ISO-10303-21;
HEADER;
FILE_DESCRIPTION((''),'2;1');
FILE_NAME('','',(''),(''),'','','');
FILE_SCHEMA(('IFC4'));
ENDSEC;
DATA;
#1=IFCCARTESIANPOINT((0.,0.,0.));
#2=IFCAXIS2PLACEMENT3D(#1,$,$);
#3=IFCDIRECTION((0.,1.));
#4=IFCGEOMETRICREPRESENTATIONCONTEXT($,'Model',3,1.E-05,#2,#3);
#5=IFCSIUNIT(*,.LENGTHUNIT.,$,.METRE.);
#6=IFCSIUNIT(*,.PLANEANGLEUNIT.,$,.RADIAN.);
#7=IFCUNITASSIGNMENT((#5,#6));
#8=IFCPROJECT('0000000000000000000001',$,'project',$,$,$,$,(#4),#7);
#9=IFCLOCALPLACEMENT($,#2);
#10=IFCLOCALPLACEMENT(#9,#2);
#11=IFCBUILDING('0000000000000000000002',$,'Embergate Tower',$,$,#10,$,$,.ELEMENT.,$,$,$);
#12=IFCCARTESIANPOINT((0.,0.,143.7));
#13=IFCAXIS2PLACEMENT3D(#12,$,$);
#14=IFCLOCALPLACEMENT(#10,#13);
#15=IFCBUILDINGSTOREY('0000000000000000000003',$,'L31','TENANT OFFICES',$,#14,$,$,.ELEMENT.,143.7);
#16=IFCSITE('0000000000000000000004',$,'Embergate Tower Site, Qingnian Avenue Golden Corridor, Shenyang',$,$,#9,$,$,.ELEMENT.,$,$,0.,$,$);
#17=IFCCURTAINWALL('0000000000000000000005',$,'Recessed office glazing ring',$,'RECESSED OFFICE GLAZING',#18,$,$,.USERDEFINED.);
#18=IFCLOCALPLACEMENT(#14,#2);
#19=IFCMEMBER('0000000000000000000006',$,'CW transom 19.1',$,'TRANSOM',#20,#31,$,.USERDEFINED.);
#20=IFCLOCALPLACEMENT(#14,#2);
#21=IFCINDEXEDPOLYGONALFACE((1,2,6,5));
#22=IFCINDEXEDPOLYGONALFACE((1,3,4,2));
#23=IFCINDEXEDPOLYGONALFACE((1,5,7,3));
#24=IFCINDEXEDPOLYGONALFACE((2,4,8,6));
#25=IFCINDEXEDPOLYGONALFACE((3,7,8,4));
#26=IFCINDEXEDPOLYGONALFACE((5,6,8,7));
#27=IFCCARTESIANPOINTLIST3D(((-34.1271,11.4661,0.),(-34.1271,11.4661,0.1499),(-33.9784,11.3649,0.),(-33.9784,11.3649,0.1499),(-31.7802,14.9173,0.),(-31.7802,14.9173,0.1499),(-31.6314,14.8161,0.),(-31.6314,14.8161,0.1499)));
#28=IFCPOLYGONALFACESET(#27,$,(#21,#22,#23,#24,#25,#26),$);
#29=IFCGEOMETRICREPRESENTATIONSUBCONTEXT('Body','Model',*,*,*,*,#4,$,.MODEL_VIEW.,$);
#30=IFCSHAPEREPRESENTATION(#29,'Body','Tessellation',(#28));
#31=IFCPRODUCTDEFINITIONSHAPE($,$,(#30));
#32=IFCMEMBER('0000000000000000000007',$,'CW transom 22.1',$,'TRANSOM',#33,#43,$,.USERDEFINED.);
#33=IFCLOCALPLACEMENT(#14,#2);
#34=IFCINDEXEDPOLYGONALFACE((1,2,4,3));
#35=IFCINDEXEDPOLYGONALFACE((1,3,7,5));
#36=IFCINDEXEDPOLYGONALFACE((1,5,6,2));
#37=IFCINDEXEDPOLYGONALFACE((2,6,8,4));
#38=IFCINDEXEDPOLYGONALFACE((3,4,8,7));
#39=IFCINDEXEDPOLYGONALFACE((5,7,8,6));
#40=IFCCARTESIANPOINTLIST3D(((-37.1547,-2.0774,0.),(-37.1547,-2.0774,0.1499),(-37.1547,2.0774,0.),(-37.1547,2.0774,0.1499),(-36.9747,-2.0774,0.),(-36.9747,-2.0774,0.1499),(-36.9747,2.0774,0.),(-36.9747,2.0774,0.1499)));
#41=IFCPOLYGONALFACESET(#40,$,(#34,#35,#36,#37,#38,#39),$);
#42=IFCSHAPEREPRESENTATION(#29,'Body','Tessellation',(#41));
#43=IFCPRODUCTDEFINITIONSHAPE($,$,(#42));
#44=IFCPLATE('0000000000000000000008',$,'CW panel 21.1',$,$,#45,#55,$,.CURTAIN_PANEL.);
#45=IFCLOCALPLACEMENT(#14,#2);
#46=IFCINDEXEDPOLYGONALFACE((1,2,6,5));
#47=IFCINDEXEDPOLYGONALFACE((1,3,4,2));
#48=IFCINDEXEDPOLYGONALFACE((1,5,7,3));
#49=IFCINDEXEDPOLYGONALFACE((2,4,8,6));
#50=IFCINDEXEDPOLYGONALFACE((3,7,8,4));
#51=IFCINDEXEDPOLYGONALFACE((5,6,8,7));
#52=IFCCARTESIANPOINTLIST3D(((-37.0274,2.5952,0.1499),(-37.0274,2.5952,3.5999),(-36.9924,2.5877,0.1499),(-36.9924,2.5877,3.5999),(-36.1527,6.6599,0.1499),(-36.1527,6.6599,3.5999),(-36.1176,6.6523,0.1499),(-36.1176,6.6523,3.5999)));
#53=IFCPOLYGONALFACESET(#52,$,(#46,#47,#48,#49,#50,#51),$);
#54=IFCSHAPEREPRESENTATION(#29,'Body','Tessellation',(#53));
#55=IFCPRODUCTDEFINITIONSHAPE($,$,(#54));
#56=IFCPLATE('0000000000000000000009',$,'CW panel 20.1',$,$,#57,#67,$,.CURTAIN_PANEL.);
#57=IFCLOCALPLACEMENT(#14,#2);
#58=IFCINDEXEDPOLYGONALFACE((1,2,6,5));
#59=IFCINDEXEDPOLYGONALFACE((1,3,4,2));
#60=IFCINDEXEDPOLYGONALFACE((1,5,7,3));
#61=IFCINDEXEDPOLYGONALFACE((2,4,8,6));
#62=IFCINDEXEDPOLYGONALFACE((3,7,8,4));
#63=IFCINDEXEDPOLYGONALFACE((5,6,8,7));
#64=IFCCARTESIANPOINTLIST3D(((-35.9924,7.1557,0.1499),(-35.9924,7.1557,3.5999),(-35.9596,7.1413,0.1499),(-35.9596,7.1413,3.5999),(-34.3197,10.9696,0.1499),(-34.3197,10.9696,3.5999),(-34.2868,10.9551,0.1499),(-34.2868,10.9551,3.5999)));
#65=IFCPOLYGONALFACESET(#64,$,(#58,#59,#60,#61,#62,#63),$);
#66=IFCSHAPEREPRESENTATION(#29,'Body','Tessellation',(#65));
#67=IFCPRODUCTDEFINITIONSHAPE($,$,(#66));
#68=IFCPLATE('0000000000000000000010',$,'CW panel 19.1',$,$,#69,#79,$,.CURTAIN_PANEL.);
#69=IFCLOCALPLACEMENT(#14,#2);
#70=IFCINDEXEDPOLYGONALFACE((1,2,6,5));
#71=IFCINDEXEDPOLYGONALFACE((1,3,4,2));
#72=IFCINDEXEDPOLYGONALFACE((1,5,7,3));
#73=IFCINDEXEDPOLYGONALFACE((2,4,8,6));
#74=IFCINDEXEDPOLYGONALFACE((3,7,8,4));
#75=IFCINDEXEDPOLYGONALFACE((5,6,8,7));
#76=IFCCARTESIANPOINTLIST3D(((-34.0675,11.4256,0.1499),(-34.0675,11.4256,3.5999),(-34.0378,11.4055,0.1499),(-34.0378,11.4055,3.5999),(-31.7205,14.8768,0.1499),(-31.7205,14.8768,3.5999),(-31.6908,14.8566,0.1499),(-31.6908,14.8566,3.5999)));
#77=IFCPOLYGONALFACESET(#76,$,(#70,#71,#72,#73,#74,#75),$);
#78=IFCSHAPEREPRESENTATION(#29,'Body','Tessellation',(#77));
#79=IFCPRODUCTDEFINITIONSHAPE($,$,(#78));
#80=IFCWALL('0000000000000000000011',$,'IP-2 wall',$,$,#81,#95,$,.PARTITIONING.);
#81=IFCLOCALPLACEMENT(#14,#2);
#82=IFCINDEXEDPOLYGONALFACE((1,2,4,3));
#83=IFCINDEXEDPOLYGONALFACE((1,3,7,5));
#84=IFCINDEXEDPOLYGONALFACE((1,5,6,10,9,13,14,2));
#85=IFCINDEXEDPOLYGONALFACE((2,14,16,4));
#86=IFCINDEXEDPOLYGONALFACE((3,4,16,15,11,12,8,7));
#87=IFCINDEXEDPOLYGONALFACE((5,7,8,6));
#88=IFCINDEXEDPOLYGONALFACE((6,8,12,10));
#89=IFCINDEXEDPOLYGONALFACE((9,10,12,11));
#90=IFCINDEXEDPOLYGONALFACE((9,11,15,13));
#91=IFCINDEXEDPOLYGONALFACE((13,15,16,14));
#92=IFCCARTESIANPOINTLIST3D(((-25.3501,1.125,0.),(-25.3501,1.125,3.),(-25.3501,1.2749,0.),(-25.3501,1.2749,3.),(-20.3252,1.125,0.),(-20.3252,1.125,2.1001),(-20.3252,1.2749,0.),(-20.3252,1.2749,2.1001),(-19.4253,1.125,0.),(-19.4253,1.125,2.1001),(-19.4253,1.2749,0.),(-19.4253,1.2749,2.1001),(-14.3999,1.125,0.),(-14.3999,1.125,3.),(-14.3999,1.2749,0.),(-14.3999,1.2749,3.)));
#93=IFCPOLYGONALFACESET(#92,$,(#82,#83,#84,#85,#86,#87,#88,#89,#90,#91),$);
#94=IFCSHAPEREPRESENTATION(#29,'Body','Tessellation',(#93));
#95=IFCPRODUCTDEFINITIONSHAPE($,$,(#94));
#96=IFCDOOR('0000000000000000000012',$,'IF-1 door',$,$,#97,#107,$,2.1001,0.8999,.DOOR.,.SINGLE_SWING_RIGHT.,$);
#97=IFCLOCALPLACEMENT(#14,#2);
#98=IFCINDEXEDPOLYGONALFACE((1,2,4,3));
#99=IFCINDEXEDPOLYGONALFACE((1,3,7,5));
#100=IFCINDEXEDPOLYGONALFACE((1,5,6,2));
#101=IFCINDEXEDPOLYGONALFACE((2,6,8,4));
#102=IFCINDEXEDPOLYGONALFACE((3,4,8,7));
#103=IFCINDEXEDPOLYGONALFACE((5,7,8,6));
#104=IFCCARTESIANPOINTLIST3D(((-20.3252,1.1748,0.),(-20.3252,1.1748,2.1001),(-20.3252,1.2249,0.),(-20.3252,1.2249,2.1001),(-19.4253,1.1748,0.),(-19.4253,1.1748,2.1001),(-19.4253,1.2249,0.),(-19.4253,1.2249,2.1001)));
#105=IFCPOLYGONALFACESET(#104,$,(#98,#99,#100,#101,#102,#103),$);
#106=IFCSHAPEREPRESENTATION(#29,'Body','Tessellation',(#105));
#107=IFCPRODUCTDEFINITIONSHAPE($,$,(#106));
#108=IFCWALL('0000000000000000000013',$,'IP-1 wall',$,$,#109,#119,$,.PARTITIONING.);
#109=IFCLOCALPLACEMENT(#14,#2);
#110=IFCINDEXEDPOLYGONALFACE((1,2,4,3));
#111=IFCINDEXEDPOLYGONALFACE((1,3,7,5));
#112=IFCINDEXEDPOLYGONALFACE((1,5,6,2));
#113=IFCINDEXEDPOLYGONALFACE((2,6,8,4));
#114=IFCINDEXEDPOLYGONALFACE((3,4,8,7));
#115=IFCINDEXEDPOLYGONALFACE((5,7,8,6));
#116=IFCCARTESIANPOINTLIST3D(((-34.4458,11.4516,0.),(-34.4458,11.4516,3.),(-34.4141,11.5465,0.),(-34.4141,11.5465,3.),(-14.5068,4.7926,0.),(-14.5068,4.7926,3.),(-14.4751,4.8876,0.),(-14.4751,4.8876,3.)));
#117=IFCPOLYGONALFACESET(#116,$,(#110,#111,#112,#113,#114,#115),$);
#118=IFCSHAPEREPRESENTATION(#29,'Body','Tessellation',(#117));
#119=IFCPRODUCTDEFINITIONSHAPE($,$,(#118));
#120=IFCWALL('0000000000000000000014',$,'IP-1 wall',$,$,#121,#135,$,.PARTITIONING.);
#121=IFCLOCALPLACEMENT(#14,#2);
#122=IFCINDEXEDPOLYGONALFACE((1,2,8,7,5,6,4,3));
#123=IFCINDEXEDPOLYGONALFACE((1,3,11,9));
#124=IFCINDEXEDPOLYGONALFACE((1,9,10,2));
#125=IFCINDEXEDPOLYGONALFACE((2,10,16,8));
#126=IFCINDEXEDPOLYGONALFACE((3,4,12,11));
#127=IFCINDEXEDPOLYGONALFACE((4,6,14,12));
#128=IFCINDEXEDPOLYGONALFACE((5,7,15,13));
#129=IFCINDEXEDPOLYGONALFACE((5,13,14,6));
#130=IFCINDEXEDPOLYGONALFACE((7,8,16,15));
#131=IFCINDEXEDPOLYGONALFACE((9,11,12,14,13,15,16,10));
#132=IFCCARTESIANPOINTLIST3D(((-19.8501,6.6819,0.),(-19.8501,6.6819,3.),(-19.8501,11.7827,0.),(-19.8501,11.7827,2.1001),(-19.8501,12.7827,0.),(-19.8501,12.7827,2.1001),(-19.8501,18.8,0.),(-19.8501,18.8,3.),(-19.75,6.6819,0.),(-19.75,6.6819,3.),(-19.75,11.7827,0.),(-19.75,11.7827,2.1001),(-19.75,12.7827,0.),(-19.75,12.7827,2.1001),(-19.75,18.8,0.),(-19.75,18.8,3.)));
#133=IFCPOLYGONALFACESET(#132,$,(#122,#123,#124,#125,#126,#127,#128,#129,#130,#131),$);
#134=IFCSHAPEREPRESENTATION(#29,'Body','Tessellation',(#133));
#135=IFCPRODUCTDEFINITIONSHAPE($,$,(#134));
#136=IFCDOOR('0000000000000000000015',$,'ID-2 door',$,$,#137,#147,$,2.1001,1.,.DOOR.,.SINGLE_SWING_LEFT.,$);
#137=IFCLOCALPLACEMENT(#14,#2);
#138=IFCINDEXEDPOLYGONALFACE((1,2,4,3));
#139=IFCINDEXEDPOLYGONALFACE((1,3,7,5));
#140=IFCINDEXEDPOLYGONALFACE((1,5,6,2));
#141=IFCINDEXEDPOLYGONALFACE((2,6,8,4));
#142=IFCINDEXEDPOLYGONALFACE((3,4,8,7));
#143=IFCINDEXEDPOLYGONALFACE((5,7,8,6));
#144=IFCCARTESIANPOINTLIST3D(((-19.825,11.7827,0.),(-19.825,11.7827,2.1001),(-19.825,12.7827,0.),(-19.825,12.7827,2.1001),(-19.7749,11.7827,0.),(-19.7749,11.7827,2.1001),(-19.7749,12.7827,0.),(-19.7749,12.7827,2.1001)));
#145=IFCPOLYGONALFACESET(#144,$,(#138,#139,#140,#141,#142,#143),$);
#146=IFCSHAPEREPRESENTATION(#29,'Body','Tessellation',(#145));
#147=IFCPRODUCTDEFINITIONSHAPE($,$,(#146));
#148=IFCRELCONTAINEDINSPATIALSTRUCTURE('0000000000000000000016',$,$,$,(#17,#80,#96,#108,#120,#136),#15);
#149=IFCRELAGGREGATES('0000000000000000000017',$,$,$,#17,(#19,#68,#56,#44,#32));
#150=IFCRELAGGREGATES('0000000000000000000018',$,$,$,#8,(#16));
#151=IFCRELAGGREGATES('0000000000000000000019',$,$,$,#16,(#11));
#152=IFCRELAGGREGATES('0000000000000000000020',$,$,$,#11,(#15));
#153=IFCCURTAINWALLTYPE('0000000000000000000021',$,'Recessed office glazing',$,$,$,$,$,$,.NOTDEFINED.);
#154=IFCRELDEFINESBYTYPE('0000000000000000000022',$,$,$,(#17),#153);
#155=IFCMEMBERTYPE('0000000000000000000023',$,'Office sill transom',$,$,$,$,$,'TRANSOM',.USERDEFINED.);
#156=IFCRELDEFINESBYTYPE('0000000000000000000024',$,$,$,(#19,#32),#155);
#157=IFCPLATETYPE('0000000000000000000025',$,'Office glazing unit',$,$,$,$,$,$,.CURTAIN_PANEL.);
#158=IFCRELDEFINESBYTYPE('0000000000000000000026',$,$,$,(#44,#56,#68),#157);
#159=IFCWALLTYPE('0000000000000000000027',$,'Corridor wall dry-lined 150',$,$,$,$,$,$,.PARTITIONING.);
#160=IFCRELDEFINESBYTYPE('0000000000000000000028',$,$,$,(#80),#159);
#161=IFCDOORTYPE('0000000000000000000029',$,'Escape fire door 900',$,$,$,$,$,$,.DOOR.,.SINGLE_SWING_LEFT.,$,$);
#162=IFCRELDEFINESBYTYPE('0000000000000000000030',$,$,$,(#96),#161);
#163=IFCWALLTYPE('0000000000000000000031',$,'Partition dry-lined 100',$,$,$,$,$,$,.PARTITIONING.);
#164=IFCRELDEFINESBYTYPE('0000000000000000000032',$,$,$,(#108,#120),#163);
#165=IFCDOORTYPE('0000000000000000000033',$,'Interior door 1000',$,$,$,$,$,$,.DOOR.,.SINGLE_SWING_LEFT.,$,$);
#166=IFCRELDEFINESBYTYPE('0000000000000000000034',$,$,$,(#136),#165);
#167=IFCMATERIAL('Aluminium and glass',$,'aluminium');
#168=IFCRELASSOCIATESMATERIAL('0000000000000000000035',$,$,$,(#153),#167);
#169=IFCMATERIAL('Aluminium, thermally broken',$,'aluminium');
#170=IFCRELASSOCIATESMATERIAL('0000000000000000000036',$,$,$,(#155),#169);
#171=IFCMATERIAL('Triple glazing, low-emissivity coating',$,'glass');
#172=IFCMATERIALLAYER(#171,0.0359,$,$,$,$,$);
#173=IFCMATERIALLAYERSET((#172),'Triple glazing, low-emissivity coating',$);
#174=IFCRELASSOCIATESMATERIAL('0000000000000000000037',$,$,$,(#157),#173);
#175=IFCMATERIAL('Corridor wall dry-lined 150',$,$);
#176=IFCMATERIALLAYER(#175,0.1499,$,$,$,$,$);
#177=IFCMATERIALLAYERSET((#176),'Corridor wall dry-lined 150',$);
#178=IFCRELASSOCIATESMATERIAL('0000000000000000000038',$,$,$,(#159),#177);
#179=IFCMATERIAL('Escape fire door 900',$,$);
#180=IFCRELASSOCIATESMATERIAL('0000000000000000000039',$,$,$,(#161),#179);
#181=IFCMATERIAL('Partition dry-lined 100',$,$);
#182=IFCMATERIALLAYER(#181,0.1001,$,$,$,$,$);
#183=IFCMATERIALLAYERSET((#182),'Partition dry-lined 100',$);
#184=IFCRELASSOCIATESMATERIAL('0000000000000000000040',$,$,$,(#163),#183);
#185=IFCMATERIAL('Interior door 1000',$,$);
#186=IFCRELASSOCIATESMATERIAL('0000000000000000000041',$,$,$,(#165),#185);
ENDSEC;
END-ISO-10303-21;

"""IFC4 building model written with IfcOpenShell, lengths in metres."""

from ifc_helpers import new_model, si_unit, direction, frame, frame_2d, origin, origin_2d, place, context, subcontext, project, spatial, rectangle, extrude, source, transform, mapped, material, layer, layer_set, material_profile, profile_set, type_object, element, fill, aggregate, save


model = new_model("IFC4")

# Units and contexts
model_context = context("Model", 3, precision=1e-05, world=origin(), true_north=direction((0.0, 1.0)))
body_context = subcontext(model_context, "Body", "Model", "MODEL_VIEW")
ifc_project = project(units=[si_unit("LENGTHUNIT", "METRE"), si_unit("PLANEANGLEUNIT", "RADIAN")], contexts=[model_context])

# Site, building, storey
site_placement = place(None, origin())
site = spatial("IfcSite", under=ifc_project, at=site_placement, Name="Embergate Tower Site, Qingnian Avenue Golden Corridor, Shenyang", CompositionType="ELEMENT", RefElevation=0.0)
building_placement = place(site_placement, origin())
building = spatial("IfcBuilding", under=site, at=building_placement, Name="Embergate Tower", CompositionType="ELEMENT")
storey_placement = place(building_placement, frame((0.0, 0.0, 143.7)))
storey = spatial("IfcBuildingStorey", under=building, at=storey_placement, Name="L31", Description="TENANT OFFICES", CompositionType="ELEMENT", Elevation=143.7)

# Curtain wall, members, plates
ifc_material_1 = material(Name="Aluminium and glass", Category="aluminium")
curtain_wall_type = type_object("IfcCurtainWallType", Name="Recessed office glazing", PredefinedType="NOTDEFINED", material=ifc_material_1)
curtain_wall_placement = place(storey_placement, origin())
curtain_wall = element("IfcCurtainWall", 1, at=curtain_wall_placement, inside=storey, type_object=curtain_wall_type, Name="Recessed office glazing ring", ObjectType="RECESSED OFFICE GLAZING", PredefinedType="USERDEFINED")
ifc_material_2 = material(Name="Aluminium, thermally broken", Category="aluminium")
ifc_material_profile_1 = material_profile(ifc_material_2, rectangle(XDim=0.1799, YDim=0.1499, at=origin_2d()), Name="AL 150x180")
ifc_profile_set_1 = profile_set([ifc_material_profile_1], Name="Aluminium, thermally broken")
member_type_1 = type_object("IfcMemberType", Name="Office sill transom", ElementType="TRANSOM", PredefinedType="USERDEFINED", material=ifc_profile_set_1)
shared_shape_1 = source(origin(), body_context, "Body", "SweptSolid", [
    extrude(rectangle(XDim=0.1799, YDim=0.1499, at=origin_2d()), origin(), (0.0, 0.0, 1.0), 4.1736),
])
member_1_placement = place(storey_placement, frame((-31.7058, 14.8667, 0.075), z_axis=(-0.562331, -0.826912, 0.0), x_axis=(0.826912, -0.562331, 0.0)))
member_1 = element("IfcMember", 2, at=member_1_placement, type_object=member_type_1, Name="CW transom 19.1", ObjectType="TRANSOM", PredefinedType="USERDEFINED", context=body_context, shape_type="MappedRepresentation", body=[
    mapped(shared_shape_1, transform((0.0, 0.0, 0.0))),
])
shared_shape_2 = source(origin(), body_context, "Body", "SweptSolid", [
    extrude(rectangle(XDim=0.1799, YDim=0.1499, at=origin_2d()), origin(), (0.0, 0.0, 1.0), 4.1548),
])
member_2_placement = place(storey_placement, frame((-37.0647, 2.0774, 0.075), z_axis=(0.0, -1.0, 0.0), x_axis=(1.0, 0.0, 0.0)))
member_2 = element("IfcMember", 3, at=member_2_placement, type_object=member_type_1, Name="CW transom 22.1", ObjectType="TRANSOM", PredefinedType="USERDEFINED", context=body_context, shape_type="MappedRepresentation", body=[
    mapped(shared_shape_2, transform((0.0, 0.0, 0.0))),
])
ifc_material_3 = material(Name="Triple glazing, low-emissivity coating", Category="glass")
ifc_layer_1 = layer(ifc_material_3, 0.0359)
ifc_layer_set_1 = layer_set([ifc_layer_1], Name="Triple glazing, low-emissivity coating")
plate_type = type_object("IfcPlateType", Name="Office glazing unit", PredefinedType="CURTAIN_PANEL", material=ifc_layer_set_1)
shared_shape_3 = source(origin(), body_context, "Body", "SweptSolid", [
    extrude(rectangle(XDim=4.1577, YDim=0.0359, at=origin_2d()), origin(), (0.0, 0.0, 1.0), 3.45),
])
plate_1_placement = place(storey_placement, frame((-36.5725, 4.6238, 0.1499), z_axis=(0.0, 0.0, 1.0), x_axis=(-0.210402, -0.977615, 0.0)))
plate_1 = element("IfcPlate", 4, at=plate_1_placement, type_object=plate_type, Name="CW panel 21.1", PredefinedType="CURTAIN_PANEL", context=body_context, shape_type="MappedRepresentation", body=[
    mapped(shared_shape_3, transform((0.0, 0.0, 0.0))),
])
shared_shape_4 = source(origin(), body_context, "Body", "SweptSolid", [
    extrude(rectangle(XDim=4.1646, YDim=0.0359, at=origin_2d()), origin(), (0.0, 0.0, 1.0), 3.45),
])
plate_2_placement = place(storey_placement, frame((-35.1396, 9.0554, 0.1499), z_axis=(0.0, 0.0, 1.0), x_axis=(-0.40166, -0.915789, 0.0)))
plate_2 = element("IfcPlate", 5, at=plate_2_placement, type_object=plate_type, Name="CW panel 20.1", PredefinedType="CURTAIN_PANEL", context=body_context, shape_type="MappedRepresentation", body=[
    mapped(shared_shape_4, transform((0.0, 0.0, 0.0))),
])
shared_shape_5 = source(origin(), body_context, "Body", "SweptSolid", [
    extrude(rectangle(XDim=4.1736, YDim=0.0359, at=origin_2d()), origin(), (0.0, 0.0, 1.0), 3.45),
])
plate_3_placement = place(storey_placement, frame((-32.8792, 13.1411, 0.1499), z_axis=(0.0, 0.0, 1.0), x_axis=(-0.56235, -0.826899, 0.0)))
plate_3 = element("IfcPlate", 6, at=plate_3_placement, type_object=plate_type, Name="CW panel 19.1", PredefinedType="CURTAIN_PANEL", context=body_context, shape_type="MappedRepresentation", body=[
    mapped(shared_shape_5, transform((0.0, 0.0, 0.0))),
])
aggregate(curtain_wall, [member_1, plate_3, plate_2, plate_1, member_2])

# Wall, opening, door
ifc_material_4 = material(Name="Corridor wall dry-lined 150")
ifc_layer_2 = layer(ifc_material_4, 0.1499)
ifc_layer_set_2 = layer_set([ifc_layer_2], Name="Corridor wall dry-lined 150")
wall_type_1 = type_object("IfcWallType", Name="Corridor wall dry-lined 150", PredefinedType="PARTITIONING", material=ifc_layer_set_2)
shared_shape_6 = source(origin(), body_context, "Body", "SweptSolid", [
    extrude(rectangle(XDim=10.9502, YDim=0.1499, at=frame_2d((5.4751, 0.0))), origin(), (0.0, 0.0, 1.0), 3.0),
])
wall_1_placement = place(storey_placement, frame((-25.3501, 1.2, 0.0), z_axis=(0.0, 0.0, 1.0), x_axis=(1.0, 0.0, 0.0)))
wall_1 = element("IfcWall", 7, at=wall_1_placement, inside=storey, type_object=wall_type_1, Name="IP-2 wall", PredefinedType="PARTITIONING", context=body_context, shape_type="MappedRepresentation", body=[
    mapped(shared_shape_6, transform((0.0, 0.0, 0.0))),
])
shared_shape_7 = source(origin(), body_context, "Body", "SweptSolid", [
    extrude(rectangle(XDim=0.8999, YDim=2.1001, at=frame_2d((0.45, 1.05))), frame((0.0, 0.085, 0.0), z_axis=(0.0, -1.0, 0.0), x_axis=(1.0, 0.0, 0.0)), (0.0, 0.0, 1.0), 0.1699),
])
opening_1_placement = place(wall_1_placement, frame((5.0249, 0.0, 0.0)))
opening_1 = element("IfcOpeningElement", 8, at=opening_1_placement, cuts=wall_1, PredefinedType="OPENING", context=body_context, shape_type="MappedRepresentation", body=[
    mapped(shared_shape_7, transform((0.0, 0.0, 0.0))),
])
ifc_material_5 = material(Name="Escape fire door 900")
door_type_1 = type_object("IfcDoorType", Name="Escape fire door 900", OperationType="SINGLE_SWING_LEFT", PredefinedType="DOOR", material=ifc_material_5)
shared_shape_8 = source(origin(), body_context, "Body", "SweptSolid", [
    extrude(rectangle(XDim=0.8999, YDim=2.1001, at=frame_2d((0.45, 1.05))), frame((0.0, 0.0249, 0.0), z_axis=(0.0, -1.0, 0.0), x_axis=(1.0, 0.0, 0.0)), (0.0, 0.0, 1.0), 0.05),
])
door_1_placement = place(opening_1_placement, origin())
door_1 = element("IfcDoor", 9, at=door_1_placement, inside=storey, type_object=door_type_1, Name="IF-1 door", OperationType="SINGLE_SWING_RIGHT", OverallHeight=2.1001, OverallWidth=0.8999, PredefinedType="DOOR", context=body_context, shape_type="MappedRepresentation", body=[
    mapped(shared_shape_8, transform((0.0, 0.0, 0.0))),
])
fill(opening_1, door_1)

# Wall
ifc_material_6 = material(Name="Partition dry-lined 100")
ifc_layer_3 = layer(ifc_material_6, 0.1001)
ifc_layer_set_3 = layer_set([ifc_layer_3], Name="Partition dry-lined 100")
wall_type_2 = type_object("IfcWallType", Name="Partition dry-lined 100", PredefinedType="PARTITIONING", material=ifc_layer_set_3)
shared_shape_9 = source(origin(), body_context, "Body", "SweptSolid", [
    extrude(rectangle(XDim=21.0215, YDim=0.1001, at=frame_2d((10.5107, 0.0))), origin(), (0.0, 0.0, 1.0), 3.0),
])
wall_2_placement = place(storey_placement, frame((-34.4299, 11.499, 0.0), z_axis=(0.0, 0.0, 1.0), x_axis=(0.948503, -0.316768, 0.0)))
element("IfcWall", 10, at=wall_2_placement, inside=storey, type_object=wall_type_2, Name="IP-1 wall", PredefinedType="PARTITIONING", context=body_context, shape_type="MappedRepresentation", body=[
    mapped(shared_shape_9, transform((0.0, 0.0, 0.0))),
])

# Wall, opening, door
shared_shape_10 = source(origin(), body_context, "Body", "SweptSolid", [
    extrude(rectangle(XDim=12.1182, YDim=0.1001, at=frame_2d((6.0591, 0.0))), origin(), (0.0, 0.0, 1.0), 3.0),
])
wall_3_placement = place(storey_placement, frame((-19.8, 6.6819, 0.0), z_axis=(0.0, 0.0, 1.0), x_axis=(0.0, 1.0, 0.0)))
wall_3 = element("IfcWall", 11, at=wall_3_placement, inside=storey, type_object=wall_type_2, Name="IP-1 wall", PredefinedType="PARTITIONING", context=body_context, shape_type="MappedRepresentation", body=[
    mapped(shared_shape_10, transform((0.0, 0.0, 0.0))),
])
shared_shape_11 = source(origin(), body_context, "Body", "SweptSolid", [
    extrude(rectangle(XDim=1.0, YDim=2.1001, at=frame_2d((0.5, 1.05))), frame((0.0, 0.0601, 0.0), z_axis=(0.0, -1.0, 0.0), x_axis=(1.0, 0.0, 0.0)), (0.0, 0.0, 1.0), 0.1201),
])
opening_2_placement = place(wall_3_placement, frame((5.1008, 0.0, 0.0)))
opening_2 = element("IfcOpeningElement", 12, at=opening_2_placement, cuts=wall_3, PredefinedType="OPENING", context=body_context, shape_type="MappedRepresentation", body=[
    mapped(shared_shape_11, transform((0.0, 0.0, 0.0))),
])
ifc_material_7 = material(Name="Interior door 1000")
door_type_2 = type_object("IfcDoorType", Name="Interior door 1000", OperationType="SINGLE_SWING_LEFT", PredefinedType="DOOR", material=ifc_material_7)
shared_shape_12 = source(origin(), body_context, "Body", "SweptSolid", [
    extrude(rectangle(XDim=1.0, YDim=2.1001, at=frame_2d((0.5, 1.05))), frame((0.0, 0.0249, 0.0), z_axis=(0.0, -1.0, 0.0), x_axis=(1.0, 0.0, 0.0)), (0.0, 0.0, 1.0), 0.05),
])
door_2_placement = place(opening_2_placement, origin())
door_2 = element("IfcDoor", 13, at=door_2_placement, inside=storey, type_object=door_type_2, Name="ID-2 door", OperationType="SINGLE_SWING_LEFT", OverallHeight=2.1001, OverallWidth=1.0, PredefinedType="DOOR", context=body_context, shape_type="MappedRepresentation", body=[
    mapped(shared_shape_12, transform((0.0, 0.0, 0.0))),
])
fill(opening_2, door_2)

save(model, "model.ifc")
